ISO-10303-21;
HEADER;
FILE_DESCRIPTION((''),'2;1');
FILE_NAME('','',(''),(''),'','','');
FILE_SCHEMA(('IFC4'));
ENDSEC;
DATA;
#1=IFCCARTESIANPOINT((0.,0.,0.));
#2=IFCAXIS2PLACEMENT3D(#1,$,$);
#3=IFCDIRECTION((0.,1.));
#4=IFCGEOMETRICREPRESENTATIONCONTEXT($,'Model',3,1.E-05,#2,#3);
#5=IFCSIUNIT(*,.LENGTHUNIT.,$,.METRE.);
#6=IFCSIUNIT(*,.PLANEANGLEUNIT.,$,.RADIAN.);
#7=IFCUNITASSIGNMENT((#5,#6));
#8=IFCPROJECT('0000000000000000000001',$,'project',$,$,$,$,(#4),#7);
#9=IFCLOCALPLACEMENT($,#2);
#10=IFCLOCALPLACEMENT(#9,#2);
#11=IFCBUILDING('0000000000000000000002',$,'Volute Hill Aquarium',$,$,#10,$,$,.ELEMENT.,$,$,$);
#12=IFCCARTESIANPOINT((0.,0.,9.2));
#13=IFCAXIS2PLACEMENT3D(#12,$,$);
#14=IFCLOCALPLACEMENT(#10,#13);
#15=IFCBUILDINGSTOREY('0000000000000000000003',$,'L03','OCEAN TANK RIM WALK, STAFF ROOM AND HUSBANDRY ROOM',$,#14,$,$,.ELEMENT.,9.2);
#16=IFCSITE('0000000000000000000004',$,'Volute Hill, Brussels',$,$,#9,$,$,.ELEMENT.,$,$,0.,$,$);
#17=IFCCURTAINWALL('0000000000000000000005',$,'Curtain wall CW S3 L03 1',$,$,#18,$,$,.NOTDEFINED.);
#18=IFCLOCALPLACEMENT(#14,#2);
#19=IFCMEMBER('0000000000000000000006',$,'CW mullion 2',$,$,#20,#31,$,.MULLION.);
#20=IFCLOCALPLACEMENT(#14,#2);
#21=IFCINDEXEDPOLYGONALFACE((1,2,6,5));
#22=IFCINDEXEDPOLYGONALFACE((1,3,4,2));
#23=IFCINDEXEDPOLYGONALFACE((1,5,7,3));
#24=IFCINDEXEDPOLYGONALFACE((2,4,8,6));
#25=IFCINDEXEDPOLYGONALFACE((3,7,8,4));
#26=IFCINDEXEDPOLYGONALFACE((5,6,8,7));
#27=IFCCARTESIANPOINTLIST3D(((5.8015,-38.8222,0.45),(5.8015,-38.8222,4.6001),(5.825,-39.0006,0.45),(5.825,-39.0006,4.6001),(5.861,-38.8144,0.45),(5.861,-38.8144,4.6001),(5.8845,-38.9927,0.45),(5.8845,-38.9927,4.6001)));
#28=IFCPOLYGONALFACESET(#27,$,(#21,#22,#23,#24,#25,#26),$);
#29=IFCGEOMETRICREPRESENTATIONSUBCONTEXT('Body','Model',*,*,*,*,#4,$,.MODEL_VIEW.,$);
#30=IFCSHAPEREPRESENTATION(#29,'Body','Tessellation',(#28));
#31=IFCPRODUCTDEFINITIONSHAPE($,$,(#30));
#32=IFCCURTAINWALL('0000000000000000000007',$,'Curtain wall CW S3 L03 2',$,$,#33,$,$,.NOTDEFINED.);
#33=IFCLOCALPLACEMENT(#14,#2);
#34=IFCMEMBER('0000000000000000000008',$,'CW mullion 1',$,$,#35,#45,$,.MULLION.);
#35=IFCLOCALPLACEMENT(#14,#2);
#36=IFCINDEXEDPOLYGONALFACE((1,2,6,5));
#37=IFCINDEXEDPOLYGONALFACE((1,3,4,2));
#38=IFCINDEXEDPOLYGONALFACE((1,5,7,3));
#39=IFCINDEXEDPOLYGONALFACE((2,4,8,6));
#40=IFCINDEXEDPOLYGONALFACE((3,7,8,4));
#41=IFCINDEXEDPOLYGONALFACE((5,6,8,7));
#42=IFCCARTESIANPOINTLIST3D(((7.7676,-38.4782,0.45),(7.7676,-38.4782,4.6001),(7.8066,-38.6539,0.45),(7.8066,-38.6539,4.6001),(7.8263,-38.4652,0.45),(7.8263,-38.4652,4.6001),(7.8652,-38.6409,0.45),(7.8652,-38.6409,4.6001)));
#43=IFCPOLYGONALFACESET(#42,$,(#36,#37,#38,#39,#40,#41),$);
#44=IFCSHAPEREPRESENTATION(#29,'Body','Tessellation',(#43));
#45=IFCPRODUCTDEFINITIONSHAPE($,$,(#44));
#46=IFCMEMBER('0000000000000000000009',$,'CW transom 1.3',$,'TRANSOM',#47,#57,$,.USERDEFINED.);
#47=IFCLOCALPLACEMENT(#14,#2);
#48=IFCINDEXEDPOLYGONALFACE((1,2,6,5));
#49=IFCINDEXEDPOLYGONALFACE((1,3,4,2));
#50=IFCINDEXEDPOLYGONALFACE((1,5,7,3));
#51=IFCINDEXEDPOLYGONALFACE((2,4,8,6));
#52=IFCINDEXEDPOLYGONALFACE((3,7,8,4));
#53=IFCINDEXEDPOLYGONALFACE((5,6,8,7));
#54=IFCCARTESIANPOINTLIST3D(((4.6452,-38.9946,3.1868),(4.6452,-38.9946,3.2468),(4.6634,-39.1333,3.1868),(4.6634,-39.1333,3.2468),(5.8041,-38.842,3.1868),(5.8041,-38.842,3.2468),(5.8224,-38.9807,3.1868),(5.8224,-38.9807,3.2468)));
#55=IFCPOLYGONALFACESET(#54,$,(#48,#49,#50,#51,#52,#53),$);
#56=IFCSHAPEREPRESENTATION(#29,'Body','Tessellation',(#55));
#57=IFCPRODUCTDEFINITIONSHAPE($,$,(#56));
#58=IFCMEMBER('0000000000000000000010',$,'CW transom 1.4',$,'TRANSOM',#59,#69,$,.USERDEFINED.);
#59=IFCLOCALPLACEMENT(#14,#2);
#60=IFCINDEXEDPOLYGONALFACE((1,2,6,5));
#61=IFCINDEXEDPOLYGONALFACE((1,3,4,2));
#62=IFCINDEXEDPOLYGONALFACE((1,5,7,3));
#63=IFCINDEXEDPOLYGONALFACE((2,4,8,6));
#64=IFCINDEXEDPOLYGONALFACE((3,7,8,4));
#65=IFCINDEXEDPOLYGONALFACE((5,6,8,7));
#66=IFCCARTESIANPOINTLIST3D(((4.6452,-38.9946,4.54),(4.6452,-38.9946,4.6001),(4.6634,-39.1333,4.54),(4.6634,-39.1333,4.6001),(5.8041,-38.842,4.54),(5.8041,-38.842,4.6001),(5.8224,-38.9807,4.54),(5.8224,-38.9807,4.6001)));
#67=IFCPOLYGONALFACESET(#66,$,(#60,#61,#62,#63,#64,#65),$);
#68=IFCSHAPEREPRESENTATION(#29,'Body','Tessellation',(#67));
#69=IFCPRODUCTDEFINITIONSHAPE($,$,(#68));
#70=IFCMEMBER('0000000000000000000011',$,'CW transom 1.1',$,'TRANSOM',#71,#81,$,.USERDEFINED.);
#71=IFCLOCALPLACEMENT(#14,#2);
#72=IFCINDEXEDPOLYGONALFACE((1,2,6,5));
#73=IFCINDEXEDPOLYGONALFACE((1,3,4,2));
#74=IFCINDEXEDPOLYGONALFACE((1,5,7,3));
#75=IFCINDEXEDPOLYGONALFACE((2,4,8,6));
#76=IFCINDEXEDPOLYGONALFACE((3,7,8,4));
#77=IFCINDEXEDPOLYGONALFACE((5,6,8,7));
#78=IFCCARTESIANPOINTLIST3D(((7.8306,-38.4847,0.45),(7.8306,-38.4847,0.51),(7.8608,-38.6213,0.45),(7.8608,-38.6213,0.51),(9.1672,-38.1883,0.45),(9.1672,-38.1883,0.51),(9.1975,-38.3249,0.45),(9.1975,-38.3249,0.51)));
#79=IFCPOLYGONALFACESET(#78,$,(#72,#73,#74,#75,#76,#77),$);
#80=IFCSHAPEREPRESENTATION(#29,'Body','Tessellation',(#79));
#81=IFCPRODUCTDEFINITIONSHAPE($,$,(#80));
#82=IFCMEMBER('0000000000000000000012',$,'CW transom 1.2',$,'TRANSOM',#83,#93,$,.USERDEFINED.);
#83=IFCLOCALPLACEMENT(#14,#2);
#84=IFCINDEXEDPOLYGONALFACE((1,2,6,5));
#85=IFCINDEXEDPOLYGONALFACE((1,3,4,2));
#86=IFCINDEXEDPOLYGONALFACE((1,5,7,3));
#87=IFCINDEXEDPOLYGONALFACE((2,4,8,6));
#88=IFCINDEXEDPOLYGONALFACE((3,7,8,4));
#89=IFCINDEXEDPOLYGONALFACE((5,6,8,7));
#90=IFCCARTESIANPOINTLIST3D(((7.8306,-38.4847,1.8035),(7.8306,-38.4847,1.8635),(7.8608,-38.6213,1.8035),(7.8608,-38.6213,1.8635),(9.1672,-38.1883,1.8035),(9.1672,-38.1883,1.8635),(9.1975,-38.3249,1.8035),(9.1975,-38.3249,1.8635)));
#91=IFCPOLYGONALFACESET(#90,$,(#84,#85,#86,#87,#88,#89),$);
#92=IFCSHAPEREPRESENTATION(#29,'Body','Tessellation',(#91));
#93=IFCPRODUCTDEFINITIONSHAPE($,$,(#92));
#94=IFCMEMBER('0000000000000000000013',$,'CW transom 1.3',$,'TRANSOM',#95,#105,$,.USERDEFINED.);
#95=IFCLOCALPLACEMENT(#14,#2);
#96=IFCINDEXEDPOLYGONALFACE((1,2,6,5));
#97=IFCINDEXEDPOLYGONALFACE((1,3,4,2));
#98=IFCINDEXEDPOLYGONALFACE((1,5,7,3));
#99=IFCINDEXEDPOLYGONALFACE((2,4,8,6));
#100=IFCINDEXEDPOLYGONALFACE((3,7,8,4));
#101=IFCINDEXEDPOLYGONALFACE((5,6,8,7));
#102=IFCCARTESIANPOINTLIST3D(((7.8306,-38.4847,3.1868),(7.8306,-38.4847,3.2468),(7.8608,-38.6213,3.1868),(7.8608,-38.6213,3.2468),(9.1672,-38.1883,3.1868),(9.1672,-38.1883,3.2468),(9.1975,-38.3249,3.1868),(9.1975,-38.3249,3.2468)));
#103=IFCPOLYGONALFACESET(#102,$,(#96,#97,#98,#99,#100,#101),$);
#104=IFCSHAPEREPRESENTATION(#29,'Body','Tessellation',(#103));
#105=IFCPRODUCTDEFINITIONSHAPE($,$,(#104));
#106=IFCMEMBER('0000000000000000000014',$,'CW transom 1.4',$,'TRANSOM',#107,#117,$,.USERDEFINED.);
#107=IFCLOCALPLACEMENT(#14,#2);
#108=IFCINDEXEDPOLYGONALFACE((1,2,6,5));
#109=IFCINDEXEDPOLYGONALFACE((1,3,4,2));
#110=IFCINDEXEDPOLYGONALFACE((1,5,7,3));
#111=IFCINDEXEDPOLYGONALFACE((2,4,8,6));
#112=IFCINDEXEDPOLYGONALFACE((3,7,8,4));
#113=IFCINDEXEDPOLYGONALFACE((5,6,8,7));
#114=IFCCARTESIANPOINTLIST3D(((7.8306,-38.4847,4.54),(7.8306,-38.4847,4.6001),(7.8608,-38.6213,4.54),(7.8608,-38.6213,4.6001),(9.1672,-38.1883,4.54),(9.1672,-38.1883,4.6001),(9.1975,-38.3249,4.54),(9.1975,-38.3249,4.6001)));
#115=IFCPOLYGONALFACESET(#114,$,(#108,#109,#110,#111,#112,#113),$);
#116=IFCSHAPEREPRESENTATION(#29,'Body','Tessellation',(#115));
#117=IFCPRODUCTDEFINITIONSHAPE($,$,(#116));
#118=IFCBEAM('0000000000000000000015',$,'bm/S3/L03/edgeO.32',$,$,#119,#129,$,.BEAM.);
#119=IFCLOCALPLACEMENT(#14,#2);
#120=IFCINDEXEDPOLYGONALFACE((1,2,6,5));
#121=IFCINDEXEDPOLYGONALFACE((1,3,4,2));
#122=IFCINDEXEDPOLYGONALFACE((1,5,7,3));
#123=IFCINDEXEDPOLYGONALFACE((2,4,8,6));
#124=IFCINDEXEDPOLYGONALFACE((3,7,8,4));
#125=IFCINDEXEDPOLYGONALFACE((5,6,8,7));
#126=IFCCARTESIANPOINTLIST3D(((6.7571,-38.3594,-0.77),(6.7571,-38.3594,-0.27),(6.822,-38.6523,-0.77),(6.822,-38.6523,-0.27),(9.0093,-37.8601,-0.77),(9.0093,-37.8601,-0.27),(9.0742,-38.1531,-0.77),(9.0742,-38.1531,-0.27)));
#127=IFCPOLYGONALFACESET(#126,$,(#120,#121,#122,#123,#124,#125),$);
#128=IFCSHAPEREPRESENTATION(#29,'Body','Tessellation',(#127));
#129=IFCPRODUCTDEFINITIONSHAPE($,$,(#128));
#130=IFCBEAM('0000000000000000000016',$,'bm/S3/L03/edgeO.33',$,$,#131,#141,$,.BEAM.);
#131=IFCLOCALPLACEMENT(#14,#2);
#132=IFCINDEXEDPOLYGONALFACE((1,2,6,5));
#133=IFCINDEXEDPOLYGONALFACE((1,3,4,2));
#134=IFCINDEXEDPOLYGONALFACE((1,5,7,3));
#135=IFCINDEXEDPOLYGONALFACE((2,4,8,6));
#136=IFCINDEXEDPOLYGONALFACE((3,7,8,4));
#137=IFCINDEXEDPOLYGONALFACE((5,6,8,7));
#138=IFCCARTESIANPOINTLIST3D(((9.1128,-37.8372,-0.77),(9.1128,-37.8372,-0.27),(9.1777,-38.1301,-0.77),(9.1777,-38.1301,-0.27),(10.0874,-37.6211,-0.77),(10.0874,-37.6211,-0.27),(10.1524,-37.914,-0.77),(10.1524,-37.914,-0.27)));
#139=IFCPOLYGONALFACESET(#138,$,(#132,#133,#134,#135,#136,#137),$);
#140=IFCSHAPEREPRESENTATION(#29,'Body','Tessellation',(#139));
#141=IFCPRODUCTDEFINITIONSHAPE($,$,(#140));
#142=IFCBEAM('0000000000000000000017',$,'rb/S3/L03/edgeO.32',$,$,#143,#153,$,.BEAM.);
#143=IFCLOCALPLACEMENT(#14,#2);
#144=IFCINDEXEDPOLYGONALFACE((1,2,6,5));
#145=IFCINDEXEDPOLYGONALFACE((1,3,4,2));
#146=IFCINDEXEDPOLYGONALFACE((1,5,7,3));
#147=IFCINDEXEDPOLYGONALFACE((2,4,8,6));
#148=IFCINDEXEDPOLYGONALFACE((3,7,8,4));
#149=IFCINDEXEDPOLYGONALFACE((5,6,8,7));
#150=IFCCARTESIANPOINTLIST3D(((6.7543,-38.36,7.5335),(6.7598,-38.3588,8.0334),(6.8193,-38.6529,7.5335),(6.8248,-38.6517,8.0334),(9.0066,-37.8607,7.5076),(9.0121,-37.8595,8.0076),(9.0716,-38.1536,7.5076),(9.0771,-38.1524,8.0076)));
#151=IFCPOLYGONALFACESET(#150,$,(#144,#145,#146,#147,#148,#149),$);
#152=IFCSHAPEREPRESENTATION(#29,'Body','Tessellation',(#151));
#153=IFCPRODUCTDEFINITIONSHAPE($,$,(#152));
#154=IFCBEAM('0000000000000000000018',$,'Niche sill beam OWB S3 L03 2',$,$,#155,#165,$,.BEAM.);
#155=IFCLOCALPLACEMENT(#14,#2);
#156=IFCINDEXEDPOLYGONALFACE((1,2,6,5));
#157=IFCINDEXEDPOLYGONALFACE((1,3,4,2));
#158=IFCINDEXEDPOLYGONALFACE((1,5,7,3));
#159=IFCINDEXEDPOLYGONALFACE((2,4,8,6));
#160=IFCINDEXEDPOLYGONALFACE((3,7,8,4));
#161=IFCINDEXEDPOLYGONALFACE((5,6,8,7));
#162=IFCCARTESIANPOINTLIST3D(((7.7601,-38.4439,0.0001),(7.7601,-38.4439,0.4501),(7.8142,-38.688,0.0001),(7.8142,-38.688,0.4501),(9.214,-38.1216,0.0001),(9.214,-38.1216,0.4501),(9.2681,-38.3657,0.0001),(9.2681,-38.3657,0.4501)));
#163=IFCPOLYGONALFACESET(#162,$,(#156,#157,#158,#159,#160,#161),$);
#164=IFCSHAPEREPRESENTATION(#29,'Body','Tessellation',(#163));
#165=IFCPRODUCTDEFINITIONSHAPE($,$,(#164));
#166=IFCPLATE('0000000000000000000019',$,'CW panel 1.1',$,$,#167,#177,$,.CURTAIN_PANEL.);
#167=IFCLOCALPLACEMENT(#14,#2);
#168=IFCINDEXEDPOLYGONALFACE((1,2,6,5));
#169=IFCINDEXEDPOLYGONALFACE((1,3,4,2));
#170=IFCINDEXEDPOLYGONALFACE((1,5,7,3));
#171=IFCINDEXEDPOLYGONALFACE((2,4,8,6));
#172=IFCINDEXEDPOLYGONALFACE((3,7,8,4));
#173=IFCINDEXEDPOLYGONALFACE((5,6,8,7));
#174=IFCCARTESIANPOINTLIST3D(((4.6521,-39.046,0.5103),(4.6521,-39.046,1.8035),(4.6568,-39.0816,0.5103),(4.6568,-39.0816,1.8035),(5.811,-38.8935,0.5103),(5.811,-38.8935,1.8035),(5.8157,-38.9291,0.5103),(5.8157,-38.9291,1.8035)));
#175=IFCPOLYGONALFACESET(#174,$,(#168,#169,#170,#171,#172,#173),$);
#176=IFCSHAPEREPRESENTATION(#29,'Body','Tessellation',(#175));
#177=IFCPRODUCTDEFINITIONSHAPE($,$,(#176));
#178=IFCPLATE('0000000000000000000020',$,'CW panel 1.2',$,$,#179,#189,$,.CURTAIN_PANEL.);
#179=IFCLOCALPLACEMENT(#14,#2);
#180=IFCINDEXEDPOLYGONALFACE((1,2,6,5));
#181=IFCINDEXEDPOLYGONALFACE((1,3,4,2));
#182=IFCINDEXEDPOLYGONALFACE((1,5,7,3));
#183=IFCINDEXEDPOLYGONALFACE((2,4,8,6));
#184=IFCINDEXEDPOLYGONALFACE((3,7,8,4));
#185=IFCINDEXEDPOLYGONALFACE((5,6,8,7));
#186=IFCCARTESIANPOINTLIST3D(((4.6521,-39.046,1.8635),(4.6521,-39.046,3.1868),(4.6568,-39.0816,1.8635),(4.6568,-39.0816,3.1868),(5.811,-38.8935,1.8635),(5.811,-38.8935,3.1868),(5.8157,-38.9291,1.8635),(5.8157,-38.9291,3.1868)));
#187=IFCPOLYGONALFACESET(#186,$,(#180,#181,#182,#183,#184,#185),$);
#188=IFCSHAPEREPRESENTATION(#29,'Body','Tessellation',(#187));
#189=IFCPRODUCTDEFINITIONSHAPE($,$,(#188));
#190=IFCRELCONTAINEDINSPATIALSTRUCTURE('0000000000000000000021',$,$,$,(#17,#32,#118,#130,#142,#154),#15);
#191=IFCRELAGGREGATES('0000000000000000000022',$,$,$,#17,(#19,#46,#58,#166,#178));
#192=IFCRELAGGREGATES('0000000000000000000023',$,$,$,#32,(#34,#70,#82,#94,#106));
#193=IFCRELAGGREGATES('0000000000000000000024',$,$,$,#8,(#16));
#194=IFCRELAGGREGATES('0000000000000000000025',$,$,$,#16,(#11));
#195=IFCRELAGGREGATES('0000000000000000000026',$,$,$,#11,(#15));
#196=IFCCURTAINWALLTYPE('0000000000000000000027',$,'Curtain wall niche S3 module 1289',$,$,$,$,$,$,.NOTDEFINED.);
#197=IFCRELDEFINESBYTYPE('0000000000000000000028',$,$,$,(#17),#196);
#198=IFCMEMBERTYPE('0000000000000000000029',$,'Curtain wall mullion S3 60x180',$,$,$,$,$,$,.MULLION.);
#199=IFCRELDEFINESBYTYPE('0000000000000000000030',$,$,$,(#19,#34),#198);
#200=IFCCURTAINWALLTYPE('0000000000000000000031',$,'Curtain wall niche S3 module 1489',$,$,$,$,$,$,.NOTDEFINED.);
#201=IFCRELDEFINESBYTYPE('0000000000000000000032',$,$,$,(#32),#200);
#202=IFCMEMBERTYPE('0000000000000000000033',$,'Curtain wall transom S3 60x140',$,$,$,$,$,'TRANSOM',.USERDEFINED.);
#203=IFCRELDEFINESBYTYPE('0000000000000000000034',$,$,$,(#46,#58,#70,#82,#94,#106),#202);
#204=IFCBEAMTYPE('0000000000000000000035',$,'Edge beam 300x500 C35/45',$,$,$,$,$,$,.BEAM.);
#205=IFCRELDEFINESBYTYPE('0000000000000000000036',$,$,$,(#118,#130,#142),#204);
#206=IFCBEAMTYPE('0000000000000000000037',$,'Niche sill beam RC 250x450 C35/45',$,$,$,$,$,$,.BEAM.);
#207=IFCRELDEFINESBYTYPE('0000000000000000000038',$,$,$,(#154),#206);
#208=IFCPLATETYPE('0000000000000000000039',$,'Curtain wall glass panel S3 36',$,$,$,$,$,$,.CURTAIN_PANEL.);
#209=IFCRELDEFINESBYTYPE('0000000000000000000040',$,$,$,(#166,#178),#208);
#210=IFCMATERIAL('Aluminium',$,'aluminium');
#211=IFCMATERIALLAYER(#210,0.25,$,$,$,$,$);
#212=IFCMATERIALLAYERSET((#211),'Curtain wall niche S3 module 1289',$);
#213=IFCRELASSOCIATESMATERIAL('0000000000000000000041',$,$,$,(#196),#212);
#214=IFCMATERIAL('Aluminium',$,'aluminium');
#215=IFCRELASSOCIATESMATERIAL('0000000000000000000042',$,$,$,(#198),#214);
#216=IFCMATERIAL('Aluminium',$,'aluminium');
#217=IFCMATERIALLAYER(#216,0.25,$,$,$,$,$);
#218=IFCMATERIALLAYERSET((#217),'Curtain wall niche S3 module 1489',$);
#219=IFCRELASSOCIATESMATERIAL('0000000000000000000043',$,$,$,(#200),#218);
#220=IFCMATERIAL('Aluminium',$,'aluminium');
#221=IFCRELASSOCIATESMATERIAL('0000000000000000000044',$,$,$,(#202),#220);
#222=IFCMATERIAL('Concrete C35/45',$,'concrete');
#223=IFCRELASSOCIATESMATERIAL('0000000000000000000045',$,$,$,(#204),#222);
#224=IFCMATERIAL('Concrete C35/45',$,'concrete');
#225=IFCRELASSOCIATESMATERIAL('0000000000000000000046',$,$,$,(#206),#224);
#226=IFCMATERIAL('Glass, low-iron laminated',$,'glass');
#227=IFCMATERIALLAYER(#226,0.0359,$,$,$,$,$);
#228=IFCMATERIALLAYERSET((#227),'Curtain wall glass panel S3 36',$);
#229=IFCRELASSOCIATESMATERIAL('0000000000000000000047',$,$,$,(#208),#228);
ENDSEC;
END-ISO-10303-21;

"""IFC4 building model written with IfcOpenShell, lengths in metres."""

from ifc_helpers import new_model, si_unit, direction, frame, origin, origin_2d, place, context, subcontext, project, spatial, rectangle, extrude, material, layer, layer_set, material_profile, profile_set, type_object, element, aggregate, save


model = new_model("IFC4")

# Units and contexts
model_context = context("Model", 3, precision=1e-05, world=origin(), true_north=direction((0.0, 1.0)))
body_context = subcontext(model_context, "Body", "Model", "MODEL_VIEW")
ifc_project = project(units=[si_unit("LENGTHUNIT", "METRE"), si_unit("PLANEANGLEUNIT", "RADIAN")], contexts=[model_context])

# Site, building, storey
site_placement = place(None, origin())
site = spatial("IfcSite", under=ifc_project, at=site_placement, Name="Volute Hill, Brussels", CompositionType="ELEMENT", RefElevation=0.0)
building_placement = place(site_placement, origin())
building = spatial("IfcBuilding", under=site, at=building_placement, Name="Volute Hill Aquarium", CompositionType="ELEMENT")
storey_placement = place(building_placement, frame((0.0, 0.0, 9.2)))
storey = spatial("IfcBuildingStorey", under=building, at=storey_placement, Name="L03", Description="OCEAN TANK RIM WALK, STAFF ROOM AND HUSBANDRY ROOM", CompositionType="ELEMENT", Elevation=9.2)

# Curtain walls, members
ifc_material_1 = material(Name="Aluminium", Category="aluminium")
ifc_layer_1 = layer(ifc_material_1, 0.25)
ifc_layer_set_1 = layer_set([ifc_layer_1], Name="Curtain wall niche S3 module 1289")
curtain_wall_type_1 = type_object("IfcCurtainWallType", Name="Curtain wall niche S3 module 1289", PredefinedType="NOTDEFINED", material=ifc_layer_set_1)
curtain_wall_1_placement = place(storey_placement, origin())
curtain_wall_1 = element("IfcCurtainWall", 1, at=curtain_wall_1_placement, inside=storey, type_object=curtain_wall_type_1, Name="Curtain wall CW S3 L03 1", PredefinedType="NOTDEFINED")
ifc_material_2 = material(Name="Aluminium", Category="aluminium")
ifc_material_profile_1 = material_profile(ifc_material_2, rectangle(XDim=0.1799, YDim=0.0601, at=origin_2d()), Name="Curtain wall mullion S3 60x180")
ifc_profile_set_1 = profile_set([ifc_material_profile_1], Name="Aluminium")
member_type_1 = type_object("IfcMemberType", Name="Curtain wall mullion S3 60x180", PredefinedType="MULLION", material=ifc_profile_set_1)
member_1_placement = place(storey_placement, frame((5.843, -38.9075, 0.45), z_axis=(0.0, 0.0, 1.0), x_axis=(-0.130506, 0.991447, 0.0)))
member_1 = element("IfcMember", 2, at=member_1_placement, type_object=member_type_1, Name="CW mullion 2", PredefinedType="MULLION", context=body_context, shape_type="SweptSolid", body=[
    extrude(rectangle(XDim=0.1799, YDim=0.0601, at=origin_2d()), origin(), (0.0, 0.0, 1.0), 4.1501),
])
ifc_material_3 = material(Name="Aluminium", Category="aluminium")
ifc_layer_2 = layer(ifc_material_3, 0.25)
ifc_layer_set_2 = layer_set([ifc_layer_2], Name="Curtain wall niche S3 module 1489")
curtain_wall_type_2 = type_object("IfcCurtainWallType", Name="Curtain wall niche S3 module 1489", PredefinedType="NOTDEFINED", material=ifc_layer_set_2)
curtain_wall_2_placement = place(storey_placement, origin())
curtain_wall_2 = element("IfcCurtainWall", 3, at=curtain_wall_2_placement, inside=storey, type_object=curtain_wall_type_2, Name="Curtain wall CW S3 L03 2", PredefinedType="NOTDEFINED")
member_2_placement = place(storey_placement, frame((7.8164, -38.5596, 0.45), z_axis=(0.0, 0.0, 1.0), x_axis=(-0.216429, 0.976298, 0.0)))
member_2 = element("IfcMember", 4, at=member_2_placement, type_object=member_type_1, Name="CW mullion 1", PredefinedType="MULLION", context=body_context, shape_type="SweptSolid", body=[
    extrude(rectangle(XDim=0.1799, YDim=0.0601, at=origin_2d()), origin(), (0.0, 0.0, 1.0), 4.1501),
])

# Members
ifc_material_4 = material(Name="Aluminium", Category="aluminium")
ifc_material_profile_2 = material_profile(ifc_material_4, rectangle(XDim=0.1399, YDim=0.0601, at=origin_2d()), Name="Curtain wall transom S3 60x140")
ifc_profile_set_2 = profile_set([ifc_material_profile_2], Name="Aluminium")
member_type_2 = type_object("IfcMemberType", Name="Curtain wall transom S3 60x140", ElementType="TRANSOM", PredefinedType="USERDEFINED", material=ifc_profile_set_2)
member_3_placement = place(storey_placement, frame((4.6543, -39.064, 3.2168), z_axis=(0.991444, 0.130536, 0.0), x_axis=(-0.130536, 0.991444, 0.0)))
member_3 = element("IfcMember", 5, at=member_3_placement, type_object=member_type_2, Name="CW transom 1.3", ObjectType="TRANSOM", PredefinedType="USERDEFINED", context=body_context, shape_type="SweptSolid", body=[
    extrude(rectangle(XDim=0.1399, YDim=0.0601, at=origin_2d()), origin(), (0.0, 0.0, 1.0), 1.1689),
])
member_4_placement = place(storey_placement, frame((4.6543, -39.064, 4.5701), z_axis=(0.991444, 0.130536, 0.0), x_axis=(-0.130536, 0.991444, 0.0)))
member_4 = element("IfcMember", 6, at=member_4_placement, type_object=member_type_2, Name="CW transom 1.4", ObjectType="TRANSOM", PredefinedType="USERDEFINED", context=body_context, shape_type="SweptSolid", body=[
    extrude(rectangle(XDim=0.1399, YDim=0.0601, at=origin_2d()), origin(), (0.0, 0.0, 1.0), 1.1689),
])
member_5_placement = place(storey_placement, frame((7.8457, -38.553, 0.48), z_axis=(0.976288, 0.216477, 0.0), x_axis=(-0.216477, 0.976288, 0.0)))
member_5 = element("IfcMember", 7, at=member_5_placement, type_object=member_type_2, Name="CW transom 1.1", ObjectType="TRANSOM", PredefinedType="USERDEFINED", context=body_context, shape_type="SweptSolid", body=[
    extrude(rectangle(XDim=0.1399, YDim=0.0601, at=origin_2d()), origin(), (0.0, 0.0, 1.0), 1.3691),
])
member_6_placement = place(storey_placement, frame((7.8457, -38.553, 1.8335), z_axis=(0.976288, 0.216477, 0.0), x_axis=(-0.216477, 0.976288, 0.0)))
member_6 = element("IfcMember", 8, at=member_6_placement, type_object=member_type_2, Name="CW transom 1.2", ObjectType="TRANSOM", PredefinedType="USERDEFINED", context=body_context, shape_type="SweptSolid", body=[
    extrude(rectangle(XDim=0.1399, YDim=0.0601, at=origin_2d()), origin(), (0.0, 0.0, 1.0), 1.3691),
])
member_7_placement = place(storey_placement, frame((7.8457, -38.553, 3.2168), z_axis=(0.976288, 0.216477, 0.0), x_axis=(-0.216477, 0.976288, 0.0)))
member_7 = element("IfcMember", 9, at=member_7_placement, type_object=member_type_2, Name="CW transom 1.3", ObjectType="TRANSOM", PredefinedType="USERDEFINED", context=body_context, shape_type="SweptSolid", body=[
    extrude(rectangle(XDim=0.1399, YDim=0.0601, at=origin_2d()), origin(), (0.0, 0.0, 1.0), 1.3691),
])
member_8_placement = place(storey_placement, frame((7.8457, -38.553, 4.5701), z_axis=(0.976288, 0.216477, 0.0), x_axis=(-0.216477, 0.976288, 0.0)))
member_8 = element("IfcMember", 10, at=member_8_placement, type_object=member_type_2, Name="CW transom 1.4", ObjectType="TRANSOM", PredefinedType="USERDEFINED", context=body_context, shape_type="SweptSolid", body=[
    extrude(rectangle(XDim=0.1399, YDim=0.0601, at=origin_2d()), origin(), (0.0, 0.0, 1.0), 1.3691),
])

# Beams
ifc_material_5 = material(Name="Concrete C35/45", Category="concrete")
ifc_material_profile_3 = material_profile(ifc_material_5, rectangle(XDim=0.3, YDim=0.5, at=origin_2d()), Name="RC edge beam 300x500")
ifc_profile_set_3 = profile_set([ifc_material_profile_3], Name="Concrete C35/45")
beam_type_1 = type_object("IfcBeamType", Name="Edge beam 300x500 C35/45", PredefinedType="BEAM", material=ifc_profile_set_3)
beam_1_placement = place(storey_placement, frame((6.7896, -38.5059, -0.52), z_axis=(0.976299, 0.216426, 0.0), x_axis=(-0.216426, 0.976299, 0.0)))
element("IfcBeam", 11, at=beam_1_placement, inside=storey, type_object=beam_type_1, Name="bm/S3/L03/edgeO.32", PredefinedType="BEAM", context=body_context, shape_type="SweptSolid", body=[
    extrude(rectangle(XDim=0.3, YDim=0.5, at=origin_2d()), origin(), (0.0, 0.0, 1.0), 2.3069),
])
beam_2_placement = place(storey_placement, frame((9.1453, -37.9836, -0.52), z_axis=(0.976296, 0.216438, 0.0), x_axis=(-0.216438, 0.976296, 0.0)))
element("IfcBeam", 12, at=beam_2_placement, inside=storey, type_object=beam_type_1, Name="bm/S3/L03/edgeO.33", PredefinedType="BEAM", context=body_context, shape_type="SweptSolid", body=[
    extrude(rectangle(XDim=0.3, YDim=0.5, at=origin_2d()), origin(), (0.0, 0.0, 1.0), 0.9983),
])
beam_3_placement = place(storey_placement, frame((6.7896, -38.5059, 7.7834), z_axis=(0.976238, 0.216413, -0.011217), x_axis=(-0.216426, 0.976299, 0.0)))
element("IfcBeam", 13, at=beam_3_placement, inside=storey, type_object=beam_type_1, Name="rb/S3/L03/edgeO.32", PredefinedType="BEAM", context=body_context, shape_type="SweptSolid", body=[
    extrude(rectangle(XDim=0.3, YDim=0.5, at=origin_2d()), origin(), (0.0, 0.0, 1.0), 2.3071),
])
ifc_material_6 = material(Name="Concrete C35/45", Category="concrete")
ifc_material_profile_4 = material_profile(ifc_material_6, rectangle(XDim=0.25, YDim=0.45, at=origin_2d()), Name="RC beam 250x450")
ifc_profile_set_4 = profile_set([ifc_material_profile_4], Name="Concrete C35/45")
beam_type_2 = type_object("IfcBeamType", Name="Niche sill beam RC 250x450 C35/45", PredefinedType="BEAM", material=ifc_profile_set_4)
beam_4_placement = place(storey_placement, frame((7.7871, -38.5659, 0.2251), z_axis=(0.976303, 0.21641, 0.0), x_axis=(-0.21641, 0.976303, 0.0)))
element("IfcBeam", 14, at=beam_4_placement, inside=storey, type_object=beam_type_2, Name="Niche sill beam OWB S3 L03 2", PredefinedType="BEAM", context=body_context, shape_type="SweptSolid", body=[
    extrude(rectangle(XDim=0.25, YDim=0.45, at=origin_2d()), origin(), (0.0, 0.0, 1.0), 1.4893),
])

# Plates
ifc_material_7 = material(Name="Glass, low-iron laminated", Category="glass")
ifc_layer_3 = layer(ifc_material_7, 0.0359)
ifc_layer_set_3 = layer_set([ifc_layer_3], Name="Curtain wall glass panel S3 36")
plate_type_1 = type_object("IfcPlateType", Name="Curtain wall glass panel S3 36", PredefinedType="CURTAIN_PANEL", material=ifc_layer_set_3)
plate_1_placement = place(storey_placement, frame((5.2339, -38.9875, 0.5103), z_axis=(0.0, 0.0, 1.0), x_axis=(0.991447, 0.130506, 0.0)))
plate_1 = element("IfcPlate", 15, at=plate_1_placement, type_object=plate_type_1, Name="CW panel 1.1", PredefinedType="CURTAIN_PANEL", context=body_context, shape_type="SweptSolid", body=[
    extrude(rectangle(XDim=1.1689, YDim=0.0359, at=origin_2d()), origin(), (0.0, 0.0, 1.0), 1.2932),
])
plate_2_placement = place(storey_placement, frame((5.2339, -38.9875, 1.8635), z_axis=(0.0, 0.0, 1.0), x_axis=(0.991447, 0.130506, 0.0)))
plate_2 = element("IfcPlate", 16, at=plate_2_placement, type_object=plate_type_1, Name="CW panel 1.2", PredefinedType="CURTAIN_PANEL", context=body_context, shape_type="SweptSolid", body=[
    extrude(rectangle(XDim=1.1689, YDim=0.0359, at=origin_2d()), origin(), (0.0, 0.0, 1.0), 1.3232),
])
aggregate(curtain_wall_1, [member_1, member_3, member_4, plate_1, plate_2])
aggregate(curtain_wall_2, [member_2, member_5, member_6, member_7, member_8])

save(model, "model.ifc")
